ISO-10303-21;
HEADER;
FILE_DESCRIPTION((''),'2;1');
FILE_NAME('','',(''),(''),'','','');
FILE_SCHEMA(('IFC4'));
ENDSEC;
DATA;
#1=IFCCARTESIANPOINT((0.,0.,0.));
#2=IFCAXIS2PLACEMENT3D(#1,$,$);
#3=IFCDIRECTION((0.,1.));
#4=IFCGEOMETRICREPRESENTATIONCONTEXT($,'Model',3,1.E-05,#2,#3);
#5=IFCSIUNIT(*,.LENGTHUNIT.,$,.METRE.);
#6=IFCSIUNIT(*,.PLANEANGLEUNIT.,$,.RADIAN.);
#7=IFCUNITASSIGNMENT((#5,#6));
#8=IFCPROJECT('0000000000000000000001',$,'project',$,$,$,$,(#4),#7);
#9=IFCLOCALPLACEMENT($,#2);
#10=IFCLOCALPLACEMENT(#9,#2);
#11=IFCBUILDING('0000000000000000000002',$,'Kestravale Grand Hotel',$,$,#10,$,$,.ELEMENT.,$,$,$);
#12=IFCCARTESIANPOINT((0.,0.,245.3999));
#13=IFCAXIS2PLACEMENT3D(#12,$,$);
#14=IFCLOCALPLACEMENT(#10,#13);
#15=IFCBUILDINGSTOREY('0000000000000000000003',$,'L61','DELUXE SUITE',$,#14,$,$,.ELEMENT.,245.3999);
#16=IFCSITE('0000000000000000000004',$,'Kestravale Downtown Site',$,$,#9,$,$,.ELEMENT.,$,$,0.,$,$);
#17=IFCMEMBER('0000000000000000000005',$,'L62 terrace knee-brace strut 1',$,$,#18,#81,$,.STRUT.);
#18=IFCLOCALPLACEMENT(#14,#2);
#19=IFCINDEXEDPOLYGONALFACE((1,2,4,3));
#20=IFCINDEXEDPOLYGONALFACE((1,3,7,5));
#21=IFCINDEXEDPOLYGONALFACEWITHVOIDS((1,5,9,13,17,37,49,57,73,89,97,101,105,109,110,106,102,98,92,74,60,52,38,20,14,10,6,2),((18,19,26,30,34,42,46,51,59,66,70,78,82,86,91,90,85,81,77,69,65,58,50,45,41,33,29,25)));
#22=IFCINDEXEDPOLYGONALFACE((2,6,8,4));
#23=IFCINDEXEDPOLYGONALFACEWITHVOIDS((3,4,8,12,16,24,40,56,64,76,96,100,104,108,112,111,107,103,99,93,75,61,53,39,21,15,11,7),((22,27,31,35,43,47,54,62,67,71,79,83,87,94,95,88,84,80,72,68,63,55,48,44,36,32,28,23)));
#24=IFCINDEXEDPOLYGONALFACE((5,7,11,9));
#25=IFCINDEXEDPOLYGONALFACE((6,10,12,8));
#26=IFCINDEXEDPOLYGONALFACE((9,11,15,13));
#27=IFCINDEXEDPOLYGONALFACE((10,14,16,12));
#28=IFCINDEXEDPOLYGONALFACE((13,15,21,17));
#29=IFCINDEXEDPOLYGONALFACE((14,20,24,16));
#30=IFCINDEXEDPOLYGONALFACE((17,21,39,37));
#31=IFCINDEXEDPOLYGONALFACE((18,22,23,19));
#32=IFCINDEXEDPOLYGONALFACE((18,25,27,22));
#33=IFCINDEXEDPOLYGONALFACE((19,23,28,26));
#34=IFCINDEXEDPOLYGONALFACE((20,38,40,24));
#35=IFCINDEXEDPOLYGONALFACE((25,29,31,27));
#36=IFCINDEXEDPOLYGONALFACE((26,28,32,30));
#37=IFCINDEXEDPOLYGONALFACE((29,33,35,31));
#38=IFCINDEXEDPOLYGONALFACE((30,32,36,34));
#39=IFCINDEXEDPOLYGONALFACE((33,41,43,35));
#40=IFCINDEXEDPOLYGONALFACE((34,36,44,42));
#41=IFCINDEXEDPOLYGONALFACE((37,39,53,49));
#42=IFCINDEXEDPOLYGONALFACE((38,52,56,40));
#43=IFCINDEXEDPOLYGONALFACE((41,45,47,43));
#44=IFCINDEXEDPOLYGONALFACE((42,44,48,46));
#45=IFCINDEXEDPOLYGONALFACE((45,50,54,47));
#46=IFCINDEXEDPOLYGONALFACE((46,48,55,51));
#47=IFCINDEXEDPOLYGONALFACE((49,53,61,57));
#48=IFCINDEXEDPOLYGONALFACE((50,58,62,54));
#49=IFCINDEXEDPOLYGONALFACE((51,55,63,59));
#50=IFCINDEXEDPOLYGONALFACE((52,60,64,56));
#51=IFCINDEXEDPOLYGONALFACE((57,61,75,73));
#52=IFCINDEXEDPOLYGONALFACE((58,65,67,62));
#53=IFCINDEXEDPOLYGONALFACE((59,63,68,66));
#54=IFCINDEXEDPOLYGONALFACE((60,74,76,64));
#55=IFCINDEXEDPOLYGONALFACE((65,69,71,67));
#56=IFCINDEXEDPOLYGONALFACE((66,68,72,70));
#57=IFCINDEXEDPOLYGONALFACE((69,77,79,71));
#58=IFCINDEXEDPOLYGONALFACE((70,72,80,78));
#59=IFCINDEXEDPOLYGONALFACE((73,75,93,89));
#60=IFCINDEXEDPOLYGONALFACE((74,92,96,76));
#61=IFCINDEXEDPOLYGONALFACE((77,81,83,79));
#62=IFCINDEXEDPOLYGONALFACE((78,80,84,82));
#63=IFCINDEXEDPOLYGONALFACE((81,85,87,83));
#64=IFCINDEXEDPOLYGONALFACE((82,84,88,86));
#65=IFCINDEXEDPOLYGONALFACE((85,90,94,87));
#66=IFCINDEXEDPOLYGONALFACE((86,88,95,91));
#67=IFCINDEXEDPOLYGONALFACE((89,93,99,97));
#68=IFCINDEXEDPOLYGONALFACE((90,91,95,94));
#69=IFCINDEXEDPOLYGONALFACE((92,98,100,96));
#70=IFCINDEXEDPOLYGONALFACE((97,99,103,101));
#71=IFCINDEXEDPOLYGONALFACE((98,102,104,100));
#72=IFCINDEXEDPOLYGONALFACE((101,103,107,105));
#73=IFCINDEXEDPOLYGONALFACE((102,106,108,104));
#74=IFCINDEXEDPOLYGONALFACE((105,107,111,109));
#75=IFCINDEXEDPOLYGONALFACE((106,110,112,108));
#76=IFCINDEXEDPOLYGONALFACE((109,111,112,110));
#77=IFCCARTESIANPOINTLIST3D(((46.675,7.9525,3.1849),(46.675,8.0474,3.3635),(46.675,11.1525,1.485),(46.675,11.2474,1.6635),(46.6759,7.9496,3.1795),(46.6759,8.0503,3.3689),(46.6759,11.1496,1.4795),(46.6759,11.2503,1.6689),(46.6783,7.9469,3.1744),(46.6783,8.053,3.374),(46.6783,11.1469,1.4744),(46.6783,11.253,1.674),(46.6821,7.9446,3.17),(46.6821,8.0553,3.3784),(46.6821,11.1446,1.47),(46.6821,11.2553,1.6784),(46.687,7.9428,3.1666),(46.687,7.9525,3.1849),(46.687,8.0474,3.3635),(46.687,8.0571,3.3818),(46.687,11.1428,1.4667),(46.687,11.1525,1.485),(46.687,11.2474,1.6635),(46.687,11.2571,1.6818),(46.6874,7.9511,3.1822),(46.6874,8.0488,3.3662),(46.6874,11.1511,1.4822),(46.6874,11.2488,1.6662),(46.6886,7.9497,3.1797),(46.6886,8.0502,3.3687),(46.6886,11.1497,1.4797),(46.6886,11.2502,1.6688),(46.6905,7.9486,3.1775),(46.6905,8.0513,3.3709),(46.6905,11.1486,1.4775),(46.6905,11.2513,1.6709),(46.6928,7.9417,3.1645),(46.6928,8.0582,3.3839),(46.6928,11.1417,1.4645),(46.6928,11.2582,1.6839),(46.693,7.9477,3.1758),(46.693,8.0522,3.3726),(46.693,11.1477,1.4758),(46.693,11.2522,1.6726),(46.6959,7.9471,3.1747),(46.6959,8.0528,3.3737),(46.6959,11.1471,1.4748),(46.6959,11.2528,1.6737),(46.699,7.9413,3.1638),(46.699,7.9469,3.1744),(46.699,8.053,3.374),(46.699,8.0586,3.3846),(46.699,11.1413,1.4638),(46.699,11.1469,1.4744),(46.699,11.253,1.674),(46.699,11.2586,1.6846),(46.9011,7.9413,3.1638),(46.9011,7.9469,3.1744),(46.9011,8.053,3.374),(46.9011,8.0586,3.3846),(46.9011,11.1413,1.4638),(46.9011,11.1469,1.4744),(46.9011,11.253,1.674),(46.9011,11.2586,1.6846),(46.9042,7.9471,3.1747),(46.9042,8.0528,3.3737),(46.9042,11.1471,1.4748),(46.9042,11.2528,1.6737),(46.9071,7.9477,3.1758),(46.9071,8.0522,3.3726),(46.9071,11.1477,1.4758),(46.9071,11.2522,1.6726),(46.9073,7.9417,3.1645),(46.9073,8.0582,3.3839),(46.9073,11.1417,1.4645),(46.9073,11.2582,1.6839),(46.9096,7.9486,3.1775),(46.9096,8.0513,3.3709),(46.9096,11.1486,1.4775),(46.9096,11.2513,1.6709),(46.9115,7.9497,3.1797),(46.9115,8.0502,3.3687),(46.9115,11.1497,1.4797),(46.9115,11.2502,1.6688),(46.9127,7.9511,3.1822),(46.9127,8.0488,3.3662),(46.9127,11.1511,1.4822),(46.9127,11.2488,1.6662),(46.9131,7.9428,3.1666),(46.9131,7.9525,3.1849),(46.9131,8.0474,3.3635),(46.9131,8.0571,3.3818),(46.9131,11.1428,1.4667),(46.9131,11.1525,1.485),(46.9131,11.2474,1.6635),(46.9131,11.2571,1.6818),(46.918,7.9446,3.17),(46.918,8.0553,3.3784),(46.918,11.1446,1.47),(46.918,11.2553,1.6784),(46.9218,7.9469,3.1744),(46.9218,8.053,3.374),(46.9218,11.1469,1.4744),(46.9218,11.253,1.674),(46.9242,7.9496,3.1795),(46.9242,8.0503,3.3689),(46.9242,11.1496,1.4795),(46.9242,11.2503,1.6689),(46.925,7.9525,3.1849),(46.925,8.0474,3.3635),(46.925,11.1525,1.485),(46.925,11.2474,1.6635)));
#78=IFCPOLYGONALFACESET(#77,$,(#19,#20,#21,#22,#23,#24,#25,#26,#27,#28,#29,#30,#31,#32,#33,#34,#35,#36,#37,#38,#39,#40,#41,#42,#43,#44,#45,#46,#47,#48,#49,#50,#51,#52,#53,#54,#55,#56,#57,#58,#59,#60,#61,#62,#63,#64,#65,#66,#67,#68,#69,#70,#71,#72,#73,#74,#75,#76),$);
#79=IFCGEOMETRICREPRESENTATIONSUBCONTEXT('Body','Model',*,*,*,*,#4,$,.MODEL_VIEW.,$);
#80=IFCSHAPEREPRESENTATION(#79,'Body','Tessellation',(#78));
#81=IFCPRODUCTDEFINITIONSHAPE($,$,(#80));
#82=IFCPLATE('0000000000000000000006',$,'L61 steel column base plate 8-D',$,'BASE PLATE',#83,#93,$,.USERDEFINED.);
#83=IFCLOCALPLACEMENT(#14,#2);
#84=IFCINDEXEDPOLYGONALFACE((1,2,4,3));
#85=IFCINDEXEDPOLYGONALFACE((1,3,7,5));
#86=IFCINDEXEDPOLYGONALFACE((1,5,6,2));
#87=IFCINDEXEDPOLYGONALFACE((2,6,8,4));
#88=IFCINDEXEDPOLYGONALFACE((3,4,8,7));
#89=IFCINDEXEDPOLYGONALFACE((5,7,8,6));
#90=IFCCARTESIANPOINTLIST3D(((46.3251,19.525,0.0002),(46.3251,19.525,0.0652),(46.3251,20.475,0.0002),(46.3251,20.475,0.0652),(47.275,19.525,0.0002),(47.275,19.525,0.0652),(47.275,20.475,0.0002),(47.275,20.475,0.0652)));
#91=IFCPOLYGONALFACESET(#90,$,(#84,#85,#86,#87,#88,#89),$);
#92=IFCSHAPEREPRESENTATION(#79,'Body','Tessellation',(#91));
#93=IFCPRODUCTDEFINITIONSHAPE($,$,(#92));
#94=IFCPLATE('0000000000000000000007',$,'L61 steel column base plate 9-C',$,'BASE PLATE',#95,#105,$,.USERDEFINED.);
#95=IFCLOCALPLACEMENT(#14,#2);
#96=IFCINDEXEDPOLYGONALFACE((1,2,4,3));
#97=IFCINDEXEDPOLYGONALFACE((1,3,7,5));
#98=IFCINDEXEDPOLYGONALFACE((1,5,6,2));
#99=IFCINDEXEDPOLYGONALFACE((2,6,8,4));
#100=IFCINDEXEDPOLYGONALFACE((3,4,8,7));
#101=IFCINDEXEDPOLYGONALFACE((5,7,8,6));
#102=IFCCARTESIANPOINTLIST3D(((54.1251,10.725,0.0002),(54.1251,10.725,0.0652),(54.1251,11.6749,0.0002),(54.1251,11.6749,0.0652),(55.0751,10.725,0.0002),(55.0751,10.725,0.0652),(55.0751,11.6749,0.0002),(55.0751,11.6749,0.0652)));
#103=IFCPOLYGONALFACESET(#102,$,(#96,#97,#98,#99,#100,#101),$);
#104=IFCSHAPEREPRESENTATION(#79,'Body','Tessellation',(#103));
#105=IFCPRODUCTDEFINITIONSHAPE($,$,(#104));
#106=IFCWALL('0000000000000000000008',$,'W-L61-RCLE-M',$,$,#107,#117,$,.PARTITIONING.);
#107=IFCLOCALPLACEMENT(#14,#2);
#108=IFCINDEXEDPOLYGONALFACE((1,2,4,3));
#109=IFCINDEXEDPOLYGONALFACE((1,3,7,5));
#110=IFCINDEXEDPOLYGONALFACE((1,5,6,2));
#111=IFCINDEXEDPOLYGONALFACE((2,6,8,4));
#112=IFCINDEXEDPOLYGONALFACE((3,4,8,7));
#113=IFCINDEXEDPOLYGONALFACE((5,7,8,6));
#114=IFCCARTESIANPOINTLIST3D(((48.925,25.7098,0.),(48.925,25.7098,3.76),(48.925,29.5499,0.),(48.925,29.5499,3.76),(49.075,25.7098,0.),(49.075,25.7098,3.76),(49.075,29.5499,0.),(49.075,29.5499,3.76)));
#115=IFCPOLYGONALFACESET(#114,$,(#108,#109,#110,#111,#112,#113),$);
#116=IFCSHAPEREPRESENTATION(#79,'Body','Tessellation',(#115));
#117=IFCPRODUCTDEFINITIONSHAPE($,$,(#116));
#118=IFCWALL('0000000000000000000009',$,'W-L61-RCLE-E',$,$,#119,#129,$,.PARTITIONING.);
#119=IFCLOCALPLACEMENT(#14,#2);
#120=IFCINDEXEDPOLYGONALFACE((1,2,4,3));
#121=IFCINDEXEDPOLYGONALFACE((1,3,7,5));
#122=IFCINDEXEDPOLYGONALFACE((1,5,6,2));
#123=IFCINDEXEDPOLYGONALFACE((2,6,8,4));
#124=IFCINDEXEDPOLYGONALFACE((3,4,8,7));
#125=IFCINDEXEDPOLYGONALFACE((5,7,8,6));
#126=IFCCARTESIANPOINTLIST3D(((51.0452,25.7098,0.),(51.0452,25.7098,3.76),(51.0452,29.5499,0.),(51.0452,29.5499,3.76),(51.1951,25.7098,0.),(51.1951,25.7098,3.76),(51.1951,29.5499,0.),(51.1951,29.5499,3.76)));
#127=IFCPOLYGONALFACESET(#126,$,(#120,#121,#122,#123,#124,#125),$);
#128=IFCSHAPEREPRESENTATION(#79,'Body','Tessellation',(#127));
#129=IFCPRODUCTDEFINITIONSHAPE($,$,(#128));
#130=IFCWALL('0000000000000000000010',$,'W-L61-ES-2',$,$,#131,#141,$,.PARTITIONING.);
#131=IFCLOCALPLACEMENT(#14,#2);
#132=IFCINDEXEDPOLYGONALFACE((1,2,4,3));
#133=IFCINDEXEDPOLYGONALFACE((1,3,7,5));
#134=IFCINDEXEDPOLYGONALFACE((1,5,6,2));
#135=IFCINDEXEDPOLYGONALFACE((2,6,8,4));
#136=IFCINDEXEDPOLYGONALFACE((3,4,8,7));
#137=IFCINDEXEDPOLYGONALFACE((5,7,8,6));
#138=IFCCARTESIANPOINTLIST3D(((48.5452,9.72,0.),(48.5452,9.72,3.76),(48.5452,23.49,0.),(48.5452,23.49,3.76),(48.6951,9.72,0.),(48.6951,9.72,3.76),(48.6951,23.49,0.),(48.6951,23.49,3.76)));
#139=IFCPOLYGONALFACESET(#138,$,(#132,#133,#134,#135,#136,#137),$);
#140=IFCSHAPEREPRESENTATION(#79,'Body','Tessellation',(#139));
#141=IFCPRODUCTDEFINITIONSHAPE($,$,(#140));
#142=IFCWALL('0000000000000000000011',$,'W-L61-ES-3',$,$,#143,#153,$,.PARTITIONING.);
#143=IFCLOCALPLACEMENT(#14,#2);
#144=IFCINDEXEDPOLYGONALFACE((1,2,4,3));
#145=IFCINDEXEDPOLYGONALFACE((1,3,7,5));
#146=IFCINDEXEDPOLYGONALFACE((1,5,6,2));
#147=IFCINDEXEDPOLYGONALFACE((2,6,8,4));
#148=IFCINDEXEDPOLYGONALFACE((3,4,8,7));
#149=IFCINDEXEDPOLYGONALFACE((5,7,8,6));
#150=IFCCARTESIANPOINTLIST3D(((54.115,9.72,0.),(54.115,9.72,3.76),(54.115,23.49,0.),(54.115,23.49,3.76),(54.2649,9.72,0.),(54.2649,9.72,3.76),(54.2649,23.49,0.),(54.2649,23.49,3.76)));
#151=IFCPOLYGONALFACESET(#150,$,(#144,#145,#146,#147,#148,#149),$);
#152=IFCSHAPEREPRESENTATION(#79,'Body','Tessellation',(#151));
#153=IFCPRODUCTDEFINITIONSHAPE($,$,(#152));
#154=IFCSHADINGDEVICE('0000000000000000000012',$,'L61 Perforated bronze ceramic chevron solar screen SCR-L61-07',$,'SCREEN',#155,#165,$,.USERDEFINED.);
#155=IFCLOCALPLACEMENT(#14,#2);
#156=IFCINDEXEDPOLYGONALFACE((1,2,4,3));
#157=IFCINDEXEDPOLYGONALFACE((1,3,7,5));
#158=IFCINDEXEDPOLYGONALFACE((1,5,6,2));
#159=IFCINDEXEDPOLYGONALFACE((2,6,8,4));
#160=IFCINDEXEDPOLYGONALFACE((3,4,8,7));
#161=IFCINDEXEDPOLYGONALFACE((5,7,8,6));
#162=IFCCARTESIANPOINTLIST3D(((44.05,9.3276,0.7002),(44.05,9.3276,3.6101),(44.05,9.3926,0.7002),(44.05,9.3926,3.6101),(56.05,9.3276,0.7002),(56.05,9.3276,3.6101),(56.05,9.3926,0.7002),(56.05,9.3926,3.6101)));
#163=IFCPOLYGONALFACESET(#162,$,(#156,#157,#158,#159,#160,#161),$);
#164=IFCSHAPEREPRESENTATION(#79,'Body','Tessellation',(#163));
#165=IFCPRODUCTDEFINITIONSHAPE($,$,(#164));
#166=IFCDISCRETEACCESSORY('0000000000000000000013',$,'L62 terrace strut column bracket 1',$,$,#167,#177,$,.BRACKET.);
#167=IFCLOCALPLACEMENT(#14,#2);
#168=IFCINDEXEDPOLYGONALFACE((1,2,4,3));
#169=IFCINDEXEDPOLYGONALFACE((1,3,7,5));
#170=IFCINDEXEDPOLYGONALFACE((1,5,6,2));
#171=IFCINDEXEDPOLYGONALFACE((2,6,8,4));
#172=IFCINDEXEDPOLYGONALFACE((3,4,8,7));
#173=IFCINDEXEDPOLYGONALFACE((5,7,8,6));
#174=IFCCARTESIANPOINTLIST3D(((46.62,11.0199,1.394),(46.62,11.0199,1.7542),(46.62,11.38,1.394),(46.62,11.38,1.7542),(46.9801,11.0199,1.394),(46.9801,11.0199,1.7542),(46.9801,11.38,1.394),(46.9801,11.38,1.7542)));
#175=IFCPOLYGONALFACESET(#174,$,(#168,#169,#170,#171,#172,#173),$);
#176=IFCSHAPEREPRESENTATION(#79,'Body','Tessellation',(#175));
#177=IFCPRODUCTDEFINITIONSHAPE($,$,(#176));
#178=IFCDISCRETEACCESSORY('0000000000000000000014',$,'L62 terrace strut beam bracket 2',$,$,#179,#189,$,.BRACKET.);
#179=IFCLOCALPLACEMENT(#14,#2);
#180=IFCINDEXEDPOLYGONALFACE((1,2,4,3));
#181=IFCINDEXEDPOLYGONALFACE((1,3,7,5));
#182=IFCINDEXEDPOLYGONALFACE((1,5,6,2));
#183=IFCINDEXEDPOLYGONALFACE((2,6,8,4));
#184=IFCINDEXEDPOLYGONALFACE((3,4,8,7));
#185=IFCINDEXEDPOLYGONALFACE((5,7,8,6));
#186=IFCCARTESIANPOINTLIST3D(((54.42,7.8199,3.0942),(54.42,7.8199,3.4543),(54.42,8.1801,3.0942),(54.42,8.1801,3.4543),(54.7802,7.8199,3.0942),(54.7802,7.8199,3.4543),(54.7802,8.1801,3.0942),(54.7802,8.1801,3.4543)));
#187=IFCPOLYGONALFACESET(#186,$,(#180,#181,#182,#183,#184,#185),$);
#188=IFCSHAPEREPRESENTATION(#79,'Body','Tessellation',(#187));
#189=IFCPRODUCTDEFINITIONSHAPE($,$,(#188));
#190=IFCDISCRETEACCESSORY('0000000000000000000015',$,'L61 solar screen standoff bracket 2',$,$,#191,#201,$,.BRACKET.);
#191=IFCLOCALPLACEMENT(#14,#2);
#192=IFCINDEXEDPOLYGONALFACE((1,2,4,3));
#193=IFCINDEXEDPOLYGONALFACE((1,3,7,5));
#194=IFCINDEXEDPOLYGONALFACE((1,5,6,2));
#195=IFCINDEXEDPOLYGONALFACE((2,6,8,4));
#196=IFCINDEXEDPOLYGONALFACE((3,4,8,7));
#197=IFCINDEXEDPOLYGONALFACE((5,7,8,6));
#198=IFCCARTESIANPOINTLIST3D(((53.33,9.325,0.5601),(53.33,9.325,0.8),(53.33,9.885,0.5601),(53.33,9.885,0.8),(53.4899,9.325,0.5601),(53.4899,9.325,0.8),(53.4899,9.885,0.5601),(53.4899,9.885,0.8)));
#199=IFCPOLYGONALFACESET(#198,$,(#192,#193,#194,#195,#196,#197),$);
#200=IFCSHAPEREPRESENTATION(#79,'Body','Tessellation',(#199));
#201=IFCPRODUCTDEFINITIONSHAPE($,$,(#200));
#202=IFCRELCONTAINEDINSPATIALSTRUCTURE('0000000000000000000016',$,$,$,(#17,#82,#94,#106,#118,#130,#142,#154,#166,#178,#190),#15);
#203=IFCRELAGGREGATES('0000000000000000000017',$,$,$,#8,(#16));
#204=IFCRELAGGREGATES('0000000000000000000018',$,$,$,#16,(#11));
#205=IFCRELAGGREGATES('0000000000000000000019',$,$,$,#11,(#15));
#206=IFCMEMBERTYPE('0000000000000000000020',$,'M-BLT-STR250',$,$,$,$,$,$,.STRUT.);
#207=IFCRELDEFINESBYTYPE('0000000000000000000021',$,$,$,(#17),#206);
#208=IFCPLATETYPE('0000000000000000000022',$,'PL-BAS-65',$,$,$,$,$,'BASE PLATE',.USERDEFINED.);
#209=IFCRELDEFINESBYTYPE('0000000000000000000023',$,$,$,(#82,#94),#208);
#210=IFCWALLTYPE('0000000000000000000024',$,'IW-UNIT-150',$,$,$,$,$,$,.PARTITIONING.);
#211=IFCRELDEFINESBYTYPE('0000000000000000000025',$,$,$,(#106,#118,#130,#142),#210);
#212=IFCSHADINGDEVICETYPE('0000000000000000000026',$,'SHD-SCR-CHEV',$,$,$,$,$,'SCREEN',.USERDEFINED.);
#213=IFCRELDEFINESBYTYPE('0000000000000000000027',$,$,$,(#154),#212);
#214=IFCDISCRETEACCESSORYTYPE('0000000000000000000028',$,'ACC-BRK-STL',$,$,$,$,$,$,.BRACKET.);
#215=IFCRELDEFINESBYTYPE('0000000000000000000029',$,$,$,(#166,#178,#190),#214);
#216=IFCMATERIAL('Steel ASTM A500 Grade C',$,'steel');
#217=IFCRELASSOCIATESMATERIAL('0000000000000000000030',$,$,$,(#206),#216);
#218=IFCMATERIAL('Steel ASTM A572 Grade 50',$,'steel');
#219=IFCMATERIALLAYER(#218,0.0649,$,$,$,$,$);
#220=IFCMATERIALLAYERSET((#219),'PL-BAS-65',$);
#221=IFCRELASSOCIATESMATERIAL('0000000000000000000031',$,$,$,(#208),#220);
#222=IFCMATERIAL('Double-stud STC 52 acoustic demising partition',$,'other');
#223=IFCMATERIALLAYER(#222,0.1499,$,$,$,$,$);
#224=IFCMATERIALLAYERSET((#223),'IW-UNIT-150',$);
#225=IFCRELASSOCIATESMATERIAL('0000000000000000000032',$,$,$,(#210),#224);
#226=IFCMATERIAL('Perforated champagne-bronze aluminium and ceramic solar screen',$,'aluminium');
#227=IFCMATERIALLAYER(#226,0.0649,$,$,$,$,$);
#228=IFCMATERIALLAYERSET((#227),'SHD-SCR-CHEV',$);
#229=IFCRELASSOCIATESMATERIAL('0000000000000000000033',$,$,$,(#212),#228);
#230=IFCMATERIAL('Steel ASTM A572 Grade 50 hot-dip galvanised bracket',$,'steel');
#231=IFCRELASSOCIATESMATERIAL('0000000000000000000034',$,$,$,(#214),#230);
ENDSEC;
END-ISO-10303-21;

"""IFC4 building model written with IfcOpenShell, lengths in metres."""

from ifc_helpers import new_model, si_unit, direction, frame, frame_2d, origin, origin_2d, place, context, subcontext, project, spatial, rectangle, hollow_rectangle, extrude, material, layer, layer_set, material_profile, profile_set, type_object, element, save


model = new_model("IFC4")

# Units and contexts
model_context = context("Model", 3, precision=1e-05, world=origin(), true_north=direction((0.0, 1.0)))
body_context = subcontext(model_context, "Body", "Model", "MODEL_VIEW")
ifc_project = project(units=[si_unit("LENGTHUNIT", "METRE"), si_unit("PLANEANGLEUNIT", "RADIAN")], contexts=[model_context])

# Site, building, storey
site_placement = place(None, origin())
site = spatial("IfcSite", under=ifc_project, at=site_placement, Name="Kestravale Downtown Site", CompositionType="ELEMENT", RefElevation=0.0)
building_placement = place(site_placement, origin())
building = spatial("IfcBuilding", under=site, at=building_placement, Name="Kestravale Grand Hotel", CompositionType="ELEMENT")
storey_placement = place(building_placement, frame((0.0, 0.0, 245.3999)))
storey = spatial("IfcBuildingStorey", under=building, at=storey_placement, Name="L61", Description="DELUXE SUITE", CompositionType="ELEMENT", Elevation=245.3999)

# Member
ifc_material_1 = material(Name="Steel ASTM A500 Grade C", Category="steel")
ifc_material_profile_1 = material_profile(ifc_material_1, hollow_rectangle(XDim=0.25, YDim=0.25, WallThickness=0.012, InnerFilletRadius=0.012, OuterFilletRadius=0.0239, at=origin_2d()))
ifc_profile_set_1 = profile_set([ifc_material_profile_1], Name="Steel ASTM A500 Grade C")
member_type = type_object("IfcMemberType", Name="M-BLT-STR250", PredefinedType="STRUT", material=ifc_profile_set_1)
member_placement = place(storey_placement, frame((46.8, 11.2, 1.5742), z_axis=(0.0, -0.883118, 0.46915), x_axis=(1.0, 0.0, 0.0)))
element("IfcMember", 1, at=member_placement, inside=storey, type_object=member_type, Name="L62 terrace knee-brace strut 1", PredefinedType="STRUT", context=body_context, shape_type="SweptSolid", body=[
    extrude(hollow_rectangle(XDim=0.25, YDim=0.25, WallThickness=0.012, InnerFilletRadius=0.012, OuterFilletRadius=0.0239, at=origin_2d()), origin(), (0.0, 0.0, 1.0), 3.6235),
])

# Plates
ifc_material_2 = material(Name="Steel ASTM A572 Grade 50", Category="steel")
ifc_layer_1 = layer(ifc_material_2, 0.0649)
ifc_layer_set_1 = layer_set([ifc_layer_1], Name="PL-BAS-65")
plate_type = type_object("IfcPlateType", Name="PL-BAS-65", ElementType="BASE PLATE", PredefinedType="USERDEFINED", material=ifc_layer_set_1)
for number, where, z_axis, x_axis, name in (
    (2, (46.8, 20.0, 0.0002), (0.0, 0.0, 1.0), (1.0, 0.0, 0.0), "L61 steel column base plate 8-D"),
    (3, (54.6001, 11.2, 0.0002), (0.0, 0.0, 1.0), (1.0, 0.0, 0.0), "L61 steel column base plate 9-C"),
):
    element("IfcPlate", number, at=place(storey_placement, frame(where, z_axis=z_axis, x_axis=x_axis)), inside=storey, type_object=plate_type, Name=name, ObjectType="BASE PLATE", PredefinedType="USERDEFINED", context=body_context, shape_type="SweptSolid", body=[
        extrude(rectangle(XDim=0.95, YDim=0.95, at=origin_2d()), origin(), (0.0, 0.0, 1.0), 0.0649),
    ])

# Walls
ifc_material_3 = material(Name="Double-stud STC 52 acoustic demising partition", Category="other")
ifc_layer_2 = layer(ifc_material_3, 0.1499)
ifc_layer_set_2 = layer_set([ifc_layer_2], Name="IW-UNIT-150")
wall_type = type_object("IfcWallType", Name="IW-UNIT-150", PredefinedType="PARTITIONING", material=ifc_layer_set_2)
for number, where, z_axis, x_axis, name in (
    (4, (49.0, 25.71, 0.0), (0.0, 0.0, 1.0), (0.0, 1.0, 0.0), "W-L61-RCLE-M"),
    (5, (51.1201, 25.71, 0.0), (0.0, 0.0, 1.0), (0.0, 1.0, 0.0), "W-L61-RCLE-E"),
):
    element("IfcWall", number, at=place(storey_placement, frame(where, z_axis=z_axis, x_axis=x_axis)), inside=storey, type_object=wall_type, Name=name, PredefinedType="PARTITIONING", context=body_context, shape_type="SweptSolid", body=[
        extrude(rectangle(XDim=3.8401, YDim=0.1499, at=frame_2d((1.9199, 0.0))), origin(), (0.0, 0.0, 1.0), 3.76),
    ])
for number, where, z_axis, x_axis, name in (
    (6, (48.6201, 9.72, 0.0), (0.0, 0.0, 1.0), (0.0, 1.0, 0.0), "W-L61-ES-2"),
    (7, (54.1899, 9.72, 0.0), (0.0, 0.0, 1.0), (0.0, 1.0, 0.0), "W-L61-ES-3"),
):
    element("IfcWall", number, at=place(storey_placement, frame(where, z_axis=z_axis, x_axis=x_axis)), inside=storey, type_object=wall_type, Name=name, PredefinedType="PARTITIONING", context=body_context, shape_type="SweptSolid", body=[
        extrude(rectangle(XDim=13.77, YDim=0.1499, at=frame_2d((6.885, 0.0))), origin(), (0.0, 0.0, 1.0), 3.76),
    ])

# Shading device
ifc_material_4 = material(Name="Perforated champagne-bronze aluminium and ceramic solar screen", Category="aluminium")
ifc_layer_3 = layer(ifc_material_4, 0.0649)
ifc_layer_set_3 = layer_set([ifc_layer_3], Name="SHD-SCR-CHEV")
shading_device_type = type_object("IfcShadingDeviceType", Name="SHD-SCR-CHEV", ElementType="SCREEN", PredefinedType="USERDEFINED", material=ifc_layer_set_3)
shading_device_placement = place(storey_placement, frame((50.05, 9.3601, 0.7002), z_axis=(0.0, 0.0, 1.0), x_axis=(1.0, 0.0, 0.0)))
element("IfcShadingDevice", 8, at=shading_device_placement, inside=storey, type_object=shading_device_type, Name="L61 Perforated bronze ceramic chevron solar screen SCR-L61-07", ObjectType="SCREEN", PredefinedType="USERDEFINED", context=body_context, shape_type="SweptSolid", body=[
    extrude(rectangle(XDim=12.0, YDim=0.0649, at=origin_2d()), origin(), (0.0, 0.0, 1.0), 2.9099),
])

# Discrete accessories
ifc_material_5 = material(Name="Steel ASTM A572 Grade 50 hot-dip galvanised bracket", Category="steel")
discrete_accessory_type = type_object("IfcDiscreteAccessoryType", Name="ACC-BRK-STL", PredefinedType="BRACKET", material=ifc_material_5)
for number, where, z_axis, x_axis, name in (
    (9, (46.8, 11.2, 1.394), (0.0, 0.0, 1.0), (1.0, 0.0, 0.0), "L62 terrace strut column bracket 1"),
    (10, (54.6001, 8.0, 3.0942), (0.0, 0.0, 1.0), (1.0, 0.0, 0.0), "L62 terrace strut beam bracket 2"),
):
    element("IfcDiscreteAccessory", number, at=place(storey_placement, frame(where, z_axis=z_axis, x_axis=x_axis)), inside=storey, type_object=discrete_accessory_type, Name=name, PredefinedType="BRACKET", context=body_context, shape_type="SweptSolid", body=[
        extrude(rectangle(XDim=0.3601, YDim=0.3601, at=origin_2d()), origin(), (0.0, 0.0, 1.0), 0.3601),
    ])
discrete_accessory_placement = place(storey_placement, frame((53.4099, 9.605, 0.5601), z_axis=(0.0, 0.0, 1.0), x_axis=(1.0, 0.0, 0.0)))
element("IfcDiscreteAccessory", 11, at=discrete_accessory_placement, inside=storey, type_object=discrete_accessory_type, Name="L61 solar screen standoff bracket 2", PredefinedType="BRACKET", context=body_context, shape_type="SweptSolid", body=[
    extrude(rectangle(XDim=0.1599, YDim=0.5601, at=origin_2d()), origin(), (0.0, 0.0, 1.0), 0.24),
])

save(model, "model.ifc")
